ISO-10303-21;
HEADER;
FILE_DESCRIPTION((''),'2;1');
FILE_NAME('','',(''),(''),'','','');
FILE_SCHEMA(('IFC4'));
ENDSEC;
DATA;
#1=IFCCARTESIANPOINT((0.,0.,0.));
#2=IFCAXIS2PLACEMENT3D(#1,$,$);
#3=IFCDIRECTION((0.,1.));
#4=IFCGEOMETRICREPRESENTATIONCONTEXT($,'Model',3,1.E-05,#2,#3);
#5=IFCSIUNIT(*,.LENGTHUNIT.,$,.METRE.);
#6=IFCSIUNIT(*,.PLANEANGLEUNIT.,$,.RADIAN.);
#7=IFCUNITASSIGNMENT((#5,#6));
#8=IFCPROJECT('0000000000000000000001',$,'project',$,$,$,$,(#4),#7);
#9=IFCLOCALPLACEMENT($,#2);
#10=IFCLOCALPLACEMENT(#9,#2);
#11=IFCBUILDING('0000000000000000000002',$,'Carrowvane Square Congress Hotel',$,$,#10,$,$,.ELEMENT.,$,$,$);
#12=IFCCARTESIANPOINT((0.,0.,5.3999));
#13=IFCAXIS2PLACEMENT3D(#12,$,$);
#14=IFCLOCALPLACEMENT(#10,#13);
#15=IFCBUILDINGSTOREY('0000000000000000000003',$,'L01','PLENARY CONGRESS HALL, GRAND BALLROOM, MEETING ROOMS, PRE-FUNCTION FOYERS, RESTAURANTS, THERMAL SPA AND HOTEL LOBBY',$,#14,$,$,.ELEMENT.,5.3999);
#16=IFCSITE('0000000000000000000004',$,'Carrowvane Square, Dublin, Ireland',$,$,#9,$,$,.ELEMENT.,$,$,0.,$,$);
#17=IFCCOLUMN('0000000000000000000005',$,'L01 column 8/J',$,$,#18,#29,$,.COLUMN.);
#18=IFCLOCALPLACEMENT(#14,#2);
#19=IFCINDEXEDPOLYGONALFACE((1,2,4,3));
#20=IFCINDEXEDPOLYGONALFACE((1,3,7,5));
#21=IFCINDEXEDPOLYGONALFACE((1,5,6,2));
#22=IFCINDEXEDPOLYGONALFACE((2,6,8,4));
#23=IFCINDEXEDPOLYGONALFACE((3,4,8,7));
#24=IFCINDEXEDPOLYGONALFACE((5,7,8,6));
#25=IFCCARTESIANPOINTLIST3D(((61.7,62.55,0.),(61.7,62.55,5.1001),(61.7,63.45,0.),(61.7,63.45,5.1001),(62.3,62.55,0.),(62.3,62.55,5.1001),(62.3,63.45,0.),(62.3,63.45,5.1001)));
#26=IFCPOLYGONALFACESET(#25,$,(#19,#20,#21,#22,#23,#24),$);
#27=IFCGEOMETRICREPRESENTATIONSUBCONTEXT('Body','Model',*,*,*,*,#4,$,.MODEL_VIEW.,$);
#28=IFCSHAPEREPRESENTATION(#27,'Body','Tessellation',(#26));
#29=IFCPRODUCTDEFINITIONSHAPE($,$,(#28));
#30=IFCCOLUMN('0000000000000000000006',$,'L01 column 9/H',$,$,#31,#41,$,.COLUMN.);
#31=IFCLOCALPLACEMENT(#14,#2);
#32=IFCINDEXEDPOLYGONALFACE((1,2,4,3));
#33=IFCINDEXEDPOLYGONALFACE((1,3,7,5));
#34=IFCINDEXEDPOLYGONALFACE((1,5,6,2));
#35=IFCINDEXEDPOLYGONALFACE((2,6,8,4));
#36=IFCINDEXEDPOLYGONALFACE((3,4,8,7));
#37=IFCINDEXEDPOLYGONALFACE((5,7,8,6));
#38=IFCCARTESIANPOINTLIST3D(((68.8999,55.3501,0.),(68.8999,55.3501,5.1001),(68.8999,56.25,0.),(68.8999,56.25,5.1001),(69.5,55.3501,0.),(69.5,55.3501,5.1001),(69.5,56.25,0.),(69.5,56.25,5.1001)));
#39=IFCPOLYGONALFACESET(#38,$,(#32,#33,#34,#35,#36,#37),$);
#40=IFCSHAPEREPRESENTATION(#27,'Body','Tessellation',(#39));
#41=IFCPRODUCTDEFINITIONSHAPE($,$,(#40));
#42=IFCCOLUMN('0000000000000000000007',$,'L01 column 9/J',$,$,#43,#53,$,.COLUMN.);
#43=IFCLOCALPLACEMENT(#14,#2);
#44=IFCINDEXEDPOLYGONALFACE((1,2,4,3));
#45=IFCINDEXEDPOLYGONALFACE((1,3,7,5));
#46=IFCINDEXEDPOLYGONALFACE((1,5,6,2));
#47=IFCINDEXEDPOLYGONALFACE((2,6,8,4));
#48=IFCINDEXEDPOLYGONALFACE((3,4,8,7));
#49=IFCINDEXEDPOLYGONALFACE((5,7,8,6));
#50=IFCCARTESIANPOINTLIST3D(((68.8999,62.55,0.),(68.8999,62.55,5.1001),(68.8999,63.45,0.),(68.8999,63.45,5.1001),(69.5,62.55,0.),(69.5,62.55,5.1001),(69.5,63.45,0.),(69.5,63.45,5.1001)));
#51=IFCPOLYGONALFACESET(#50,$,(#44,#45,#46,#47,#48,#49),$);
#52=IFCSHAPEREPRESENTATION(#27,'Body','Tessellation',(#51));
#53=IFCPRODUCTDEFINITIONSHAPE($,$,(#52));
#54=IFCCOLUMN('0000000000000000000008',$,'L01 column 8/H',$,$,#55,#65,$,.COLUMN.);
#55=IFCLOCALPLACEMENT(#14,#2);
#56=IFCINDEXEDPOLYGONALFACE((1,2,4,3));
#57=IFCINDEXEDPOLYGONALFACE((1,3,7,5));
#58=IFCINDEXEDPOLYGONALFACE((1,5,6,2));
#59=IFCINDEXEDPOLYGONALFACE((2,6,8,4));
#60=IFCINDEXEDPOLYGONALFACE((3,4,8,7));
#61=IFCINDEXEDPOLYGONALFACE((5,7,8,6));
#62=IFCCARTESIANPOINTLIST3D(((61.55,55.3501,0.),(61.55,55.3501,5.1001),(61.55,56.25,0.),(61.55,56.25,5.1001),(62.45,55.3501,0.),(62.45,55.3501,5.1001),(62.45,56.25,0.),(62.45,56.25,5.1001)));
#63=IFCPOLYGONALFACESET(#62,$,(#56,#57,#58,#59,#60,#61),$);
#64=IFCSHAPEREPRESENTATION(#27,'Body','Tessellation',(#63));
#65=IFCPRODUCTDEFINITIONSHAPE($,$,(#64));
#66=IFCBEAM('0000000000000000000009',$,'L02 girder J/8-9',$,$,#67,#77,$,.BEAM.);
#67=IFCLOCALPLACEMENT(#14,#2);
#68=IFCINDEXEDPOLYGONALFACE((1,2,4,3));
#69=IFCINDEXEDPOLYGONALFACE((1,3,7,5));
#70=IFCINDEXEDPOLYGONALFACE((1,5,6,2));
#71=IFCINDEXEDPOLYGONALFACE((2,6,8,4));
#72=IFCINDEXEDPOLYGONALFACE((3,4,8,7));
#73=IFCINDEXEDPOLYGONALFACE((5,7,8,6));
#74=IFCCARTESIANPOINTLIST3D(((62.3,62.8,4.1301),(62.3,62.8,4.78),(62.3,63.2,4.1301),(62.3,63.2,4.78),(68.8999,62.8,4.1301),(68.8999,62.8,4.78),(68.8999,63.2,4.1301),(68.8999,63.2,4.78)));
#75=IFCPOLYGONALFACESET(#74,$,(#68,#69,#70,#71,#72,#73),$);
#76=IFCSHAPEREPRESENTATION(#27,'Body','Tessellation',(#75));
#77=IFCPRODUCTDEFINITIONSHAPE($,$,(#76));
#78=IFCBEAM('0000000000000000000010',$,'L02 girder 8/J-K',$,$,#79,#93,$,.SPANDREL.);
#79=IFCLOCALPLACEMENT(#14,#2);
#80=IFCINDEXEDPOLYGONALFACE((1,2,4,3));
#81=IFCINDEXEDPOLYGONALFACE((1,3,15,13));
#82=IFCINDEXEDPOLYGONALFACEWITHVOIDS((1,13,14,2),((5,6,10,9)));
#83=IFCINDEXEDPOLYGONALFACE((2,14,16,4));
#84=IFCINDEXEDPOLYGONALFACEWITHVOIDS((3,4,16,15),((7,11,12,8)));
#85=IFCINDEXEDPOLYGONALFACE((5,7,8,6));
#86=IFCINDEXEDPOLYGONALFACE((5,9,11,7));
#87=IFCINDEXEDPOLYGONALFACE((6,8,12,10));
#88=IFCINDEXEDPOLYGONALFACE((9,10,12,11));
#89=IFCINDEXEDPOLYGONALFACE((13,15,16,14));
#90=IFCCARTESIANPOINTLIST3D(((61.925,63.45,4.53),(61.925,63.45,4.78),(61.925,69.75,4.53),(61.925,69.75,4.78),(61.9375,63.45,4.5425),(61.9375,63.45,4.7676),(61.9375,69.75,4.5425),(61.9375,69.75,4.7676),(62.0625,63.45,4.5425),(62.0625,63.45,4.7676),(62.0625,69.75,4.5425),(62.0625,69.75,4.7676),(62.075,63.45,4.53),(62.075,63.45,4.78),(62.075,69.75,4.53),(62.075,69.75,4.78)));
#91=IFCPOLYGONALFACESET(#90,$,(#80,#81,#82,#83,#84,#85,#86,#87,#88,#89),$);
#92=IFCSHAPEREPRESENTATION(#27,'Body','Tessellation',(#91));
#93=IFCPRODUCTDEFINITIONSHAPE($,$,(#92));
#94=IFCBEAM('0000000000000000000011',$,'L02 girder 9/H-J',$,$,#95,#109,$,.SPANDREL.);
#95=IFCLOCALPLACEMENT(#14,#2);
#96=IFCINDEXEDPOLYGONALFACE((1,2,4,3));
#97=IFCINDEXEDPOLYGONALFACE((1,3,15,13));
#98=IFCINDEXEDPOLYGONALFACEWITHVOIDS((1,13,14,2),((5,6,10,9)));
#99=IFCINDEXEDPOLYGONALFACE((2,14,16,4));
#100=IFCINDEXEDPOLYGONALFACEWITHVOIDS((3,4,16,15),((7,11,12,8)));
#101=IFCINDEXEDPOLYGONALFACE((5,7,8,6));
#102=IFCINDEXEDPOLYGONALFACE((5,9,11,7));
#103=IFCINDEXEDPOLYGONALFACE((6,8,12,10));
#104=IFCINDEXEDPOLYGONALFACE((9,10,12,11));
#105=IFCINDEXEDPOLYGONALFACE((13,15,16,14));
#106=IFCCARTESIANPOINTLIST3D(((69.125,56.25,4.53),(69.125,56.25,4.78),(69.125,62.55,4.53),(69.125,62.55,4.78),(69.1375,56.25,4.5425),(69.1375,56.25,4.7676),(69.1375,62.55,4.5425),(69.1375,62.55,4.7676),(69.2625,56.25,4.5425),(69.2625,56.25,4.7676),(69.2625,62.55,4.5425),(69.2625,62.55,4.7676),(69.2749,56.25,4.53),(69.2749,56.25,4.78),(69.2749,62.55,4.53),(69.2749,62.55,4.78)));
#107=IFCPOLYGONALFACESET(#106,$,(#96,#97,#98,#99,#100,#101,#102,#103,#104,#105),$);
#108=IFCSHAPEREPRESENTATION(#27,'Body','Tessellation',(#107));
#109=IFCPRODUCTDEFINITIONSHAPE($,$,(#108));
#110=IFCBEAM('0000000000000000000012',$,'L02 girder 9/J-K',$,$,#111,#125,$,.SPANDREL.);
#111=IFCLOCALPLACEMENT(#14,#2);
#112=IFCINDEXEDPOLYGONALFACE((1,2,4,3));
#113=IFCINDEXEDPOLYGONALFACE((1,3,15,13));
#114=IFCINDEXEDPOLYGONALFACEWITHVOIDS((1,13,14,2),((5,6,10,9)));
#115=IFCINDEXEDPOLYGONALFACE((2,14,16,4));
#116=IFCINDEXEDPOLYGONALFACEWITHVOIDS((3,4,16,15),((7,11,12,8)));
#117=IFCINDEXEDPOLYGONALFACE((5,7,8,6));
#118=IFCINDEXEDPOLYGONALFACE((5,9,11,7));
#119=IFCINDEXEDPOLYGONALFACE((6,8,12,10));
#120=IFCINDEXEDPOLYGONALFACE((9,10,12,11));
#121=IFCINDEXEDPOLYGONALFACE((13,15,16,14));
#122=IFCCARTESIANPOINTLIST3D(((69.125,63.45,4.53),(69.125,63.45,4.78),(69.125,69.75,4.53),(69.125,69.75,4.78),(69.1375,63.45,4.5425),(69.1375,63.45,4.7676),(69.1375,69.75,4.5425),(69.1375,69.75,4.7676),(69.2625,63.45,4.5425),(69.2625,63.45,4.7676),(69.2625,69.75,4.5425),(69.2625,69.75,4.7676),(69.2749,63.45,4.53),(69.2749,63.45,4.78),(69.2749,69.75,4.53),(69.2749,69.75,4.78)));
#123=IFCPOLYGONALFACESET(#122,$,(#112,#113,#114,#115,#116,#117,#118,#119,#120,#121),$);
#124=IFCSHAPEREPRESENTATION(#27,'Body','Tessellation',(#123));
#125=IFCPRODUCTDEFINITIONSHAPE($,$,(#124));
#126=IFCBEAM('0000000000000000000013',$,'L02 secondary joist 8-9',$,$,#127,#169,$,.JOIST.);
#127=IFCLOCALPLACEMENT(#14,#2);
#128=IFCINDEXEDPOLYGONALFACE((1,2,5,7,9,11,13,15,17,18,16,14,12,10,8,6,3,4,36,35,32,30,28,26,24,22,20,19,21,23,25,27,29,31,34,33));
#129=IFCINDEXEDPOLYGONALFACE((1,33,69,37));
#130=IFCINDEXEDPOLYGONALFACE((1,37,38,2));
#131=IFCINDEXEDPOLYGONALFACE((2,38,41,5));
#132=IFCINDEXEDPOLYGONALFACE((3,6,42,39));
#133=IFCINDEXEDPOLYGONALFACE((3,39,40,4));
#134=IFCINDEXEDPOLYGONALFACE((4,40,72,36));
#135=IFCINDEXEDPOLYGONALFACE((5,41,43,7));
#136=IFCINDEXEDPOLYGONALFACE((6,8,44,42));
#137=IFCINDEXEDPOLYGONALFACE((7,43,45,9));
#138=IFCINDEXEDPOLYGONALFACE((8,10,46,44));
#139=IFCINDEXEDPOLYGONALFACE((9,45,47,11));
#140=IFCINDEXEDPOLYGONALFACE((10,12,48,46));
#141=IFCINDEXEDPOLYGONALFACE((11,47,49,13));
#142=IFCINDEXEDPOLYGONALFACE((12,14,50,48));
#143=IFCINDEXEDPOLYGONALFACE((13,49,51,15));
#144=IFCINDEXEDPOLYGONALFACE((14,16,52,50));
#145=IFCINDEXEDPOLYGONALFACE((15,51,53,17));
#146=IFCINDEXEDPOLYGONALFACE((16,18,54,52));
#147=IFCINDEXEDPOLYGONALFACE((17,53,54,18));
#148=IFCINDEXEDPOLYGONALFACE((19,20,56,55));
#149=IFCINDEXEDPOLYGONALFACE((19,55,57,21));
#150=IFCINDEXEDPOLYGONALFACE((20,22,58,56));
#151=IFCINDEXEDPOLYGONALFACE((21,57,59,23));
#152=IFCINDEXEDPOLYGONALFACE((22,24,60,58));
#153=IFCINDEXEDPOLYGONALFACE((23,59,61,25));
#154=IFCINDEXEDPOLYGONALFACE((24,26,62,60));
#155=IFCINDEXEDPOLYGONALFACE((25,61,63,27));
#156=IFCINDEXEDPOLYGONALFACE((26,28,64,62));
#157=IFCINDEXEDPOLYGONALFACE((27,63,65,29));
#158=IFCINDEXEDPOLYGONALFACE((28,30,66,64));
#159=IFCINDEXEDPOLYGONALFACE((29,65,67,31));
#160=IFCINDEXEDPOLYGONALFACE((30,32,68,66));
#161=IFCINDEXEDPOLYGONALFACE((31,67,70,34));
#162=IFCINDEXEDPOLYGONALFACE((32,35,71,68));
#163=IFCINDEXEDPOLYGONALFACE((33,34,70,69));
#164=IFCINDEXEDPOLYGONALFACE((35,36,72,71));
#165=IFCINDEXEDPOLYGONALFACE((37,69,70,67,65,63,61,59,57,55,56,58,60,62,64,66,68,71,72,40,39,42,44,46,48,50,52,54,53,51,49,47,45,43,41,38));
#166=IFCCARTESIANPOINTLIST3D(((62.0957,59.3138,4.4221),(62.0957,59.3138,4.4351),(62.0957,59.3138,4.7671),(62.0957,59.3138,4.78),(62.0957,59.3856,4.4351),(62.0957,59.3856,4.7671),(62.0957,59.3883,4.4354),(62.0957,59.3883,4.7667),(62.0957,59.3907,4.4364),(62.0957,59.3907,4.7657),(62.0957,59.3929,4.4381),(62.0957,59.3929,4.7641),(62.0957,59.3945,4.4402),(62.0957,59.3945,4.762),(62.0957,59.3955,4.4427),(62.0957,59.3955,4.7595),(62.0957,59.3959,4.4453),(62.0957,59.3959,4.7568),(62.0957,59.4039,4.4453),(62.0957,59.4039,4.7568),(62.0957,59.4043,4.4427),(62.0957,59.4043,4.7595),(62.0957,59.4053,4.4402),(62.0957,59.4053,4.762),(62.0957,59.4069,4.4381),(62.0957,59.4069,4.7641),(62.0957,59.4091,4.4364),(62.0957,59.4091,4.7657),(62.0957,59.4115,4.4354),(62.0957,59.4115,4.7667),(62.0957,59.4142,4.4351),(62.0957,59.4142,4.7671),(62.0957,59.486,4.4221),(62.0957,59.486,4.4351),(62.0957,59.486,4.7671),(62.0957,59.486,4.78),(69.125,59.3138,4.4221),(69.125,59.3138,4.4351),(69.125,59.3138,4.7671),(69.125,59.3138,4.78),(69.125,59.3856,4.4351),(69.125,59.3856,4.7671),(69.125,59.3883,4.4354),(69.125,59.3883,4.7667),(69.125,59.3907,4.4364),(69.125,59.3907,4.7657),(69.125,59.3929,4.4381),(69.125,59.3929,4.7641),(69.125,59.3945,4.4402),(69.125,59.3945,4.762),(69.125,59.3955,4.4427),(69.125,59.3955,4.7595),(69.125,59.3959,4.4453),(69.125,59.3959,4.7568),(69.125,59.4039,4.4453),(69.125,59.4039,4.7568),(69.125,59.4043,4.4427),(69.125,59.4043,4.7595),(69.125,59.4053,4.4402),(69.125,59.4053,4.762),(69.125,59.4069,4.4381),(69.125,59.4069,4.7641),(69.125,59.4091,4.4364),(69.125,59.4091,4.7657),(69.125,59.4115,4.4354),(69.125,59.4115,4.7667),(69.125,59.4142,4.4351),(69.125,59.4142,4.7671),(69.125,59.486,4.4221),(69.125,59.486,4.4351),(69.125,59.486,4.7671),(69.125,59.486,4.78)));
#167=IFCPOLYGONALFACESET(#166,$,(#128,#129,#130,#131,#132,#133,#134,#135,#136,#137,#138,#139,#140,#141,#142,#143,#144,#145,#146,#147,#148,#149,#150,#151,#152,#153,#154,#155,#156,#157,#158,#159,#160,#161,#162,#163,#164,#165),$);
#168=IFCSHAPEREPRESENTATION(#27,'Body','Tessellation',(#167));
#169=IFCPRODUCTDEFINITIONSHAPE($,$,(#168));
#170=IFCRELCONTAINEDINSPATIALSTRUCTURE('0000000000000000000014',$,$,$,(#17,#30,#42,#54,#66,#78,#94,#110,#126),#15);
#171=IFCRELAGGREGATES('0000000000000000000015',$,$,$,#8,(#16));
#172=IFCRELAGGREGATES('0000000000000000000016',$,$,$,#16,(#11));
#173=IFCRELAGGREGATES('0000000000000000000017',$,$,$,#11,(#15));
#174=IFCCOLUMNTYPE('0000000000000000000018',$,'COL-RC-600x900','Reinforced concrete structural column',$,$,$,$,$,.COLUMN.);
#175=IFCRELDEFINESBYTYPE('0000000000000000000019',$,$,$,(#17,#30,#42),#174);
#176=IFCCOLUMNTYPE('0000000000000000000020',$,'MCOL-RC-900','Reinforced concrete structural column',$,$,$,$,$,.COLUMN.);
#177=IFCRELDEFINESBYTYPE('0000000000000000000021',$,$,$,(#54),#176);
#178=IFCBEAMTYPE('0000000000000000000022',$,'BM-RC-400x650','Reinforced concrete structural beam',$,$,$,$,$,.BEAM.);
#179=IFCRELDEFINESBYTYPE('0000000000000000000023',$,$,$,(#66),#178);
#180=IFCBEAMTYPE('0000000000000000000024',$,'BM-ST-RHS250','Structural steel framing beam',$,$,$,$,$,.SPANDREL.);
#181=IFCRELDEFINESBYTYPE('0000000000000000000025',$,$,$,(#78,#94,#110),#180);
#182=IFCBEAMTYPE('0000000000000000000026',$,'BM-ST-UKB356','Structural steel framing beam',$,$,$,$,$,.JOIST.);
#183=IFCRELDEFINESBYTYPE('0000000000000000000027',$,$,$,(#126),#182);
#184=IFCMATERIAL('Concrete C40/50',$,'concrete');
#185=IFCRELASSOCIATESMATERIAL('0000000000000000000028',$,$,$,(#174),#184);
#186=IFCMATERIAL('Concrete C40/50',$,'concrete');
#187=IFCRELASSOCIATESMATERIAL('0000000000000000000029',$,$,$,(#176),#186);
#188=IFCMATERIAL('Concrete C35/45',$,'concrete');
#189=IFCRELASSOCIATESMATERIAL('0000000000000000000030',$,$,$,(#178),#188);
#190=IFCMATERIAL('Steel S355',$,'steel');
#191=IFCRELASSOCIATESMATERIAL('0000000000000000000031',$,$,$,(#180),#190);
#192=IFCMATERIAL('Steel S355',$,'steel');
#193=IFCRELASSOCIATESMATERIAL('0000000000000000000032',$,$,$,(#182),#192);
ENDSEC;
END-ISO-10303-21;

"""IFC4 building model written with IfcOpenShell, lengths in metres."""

from ifc_helpers import new_model, si_unit, direction, frame, origin, origin_2d, place, context, subcontext, project, spatial, rectangle, hollow_rectangle, i_section, extrude, material, material_profile, profile_set, type_object, element, save


model = new_model("IFC4")

# Units and contexts
model_context = context("Model", 3, precision=1e-05, world=origin(), true_north=direction((0.0, 1.0)))
body_context = subcontext(model_context, "Body", "Model", "MODEL_VIEW")
ifc_project = project(units=[si_unit("LENGTHUNIT", "METRE"), si_unit("PLANEANGLEUNIT", "RADIAN")], contexts=[model_context])

# Site, building, storey
site_placement = place(None, origin())
site = spatial("IfcSite", under=ifc_project, at=site_placement, Name="Carrowvane Square, Dublin, Ireland", CompositionType="ELEMENT", RefElevation=0.0)
building_placement = place(site_placement, origin())
building = spatial("IfcBuilding", under=site, at=building_placement, Name="Carrowvane Square Congress Hotel", CompositionType="ELEMENT")
storey_placement = place(building_placement, frame((0.0, 0.0, 5.3999)))
storey = spatial("IfcBuildingStorey", under=building, at=storey_placement, Name="L01", Description="PLENARY CONGRESS HALL, GRAND BALLROOM, MEETING ROOMS, PRE-FUNCTION FOYERS, RESTAURANTS, THERMAL SPA AND HOTEL LOBBY", CompositionType="ELEMENT", Elevation=5.3999)

# Columns
ifc_material_1 = material(Name="Concrete C40/50", Category="concrete")
ifc_material_profile_1 = material_profile(ifc_material_1, rectangle(XDim=0.6001, YDim=0.8999, at=origin_2d()), Name="RC 600x900")
ifc_profile_set_1 = profile_set([ifc_material_profile_1], Name="Concrete C40/50")
column_type_1 = type_object("IfcColumnType", Name="COL-RC-600x900", Description="Reinforced concrete structural column", PredefinedType="COLUMN", material=ifc_profile_set_1)
for number, where, z_axis, x_axis, name in (
    (1, (62.0, 63.0, 0.0), (0.0, 0.0, 1.0), (1.0, 0.0, 0.0), "L01 column 8/J"),
    (2, (69.2, 55.8, 0.0), (0.0, 0.0, 1.0), (1.0, 0.0, 0.0), "L01 column 9/H"),
    (3, (69.2, 63.0, 0.0), (0.0, 0.0, 1.0), (1.0, 0.0, 0.0), "L01 column 9/J"),
):
    element("IfcColumn", number, at=place(storey_placement, frame(where, z_axis=z_axis, x_axis=x_axis)), inside=storey, type_object=column_type_1, Name=name, PredefinedType="COLUMN", context=body_context, shape_type="SweptSolid", body=[
        extrude(rectangle(XDim=0.6001, YDim=0.8999, at=origin_2d()), origin(), (0.0, 0.0, 1.0), 5.1001),
    ])
ifc_material_2 = material(Name="Concrete C40/50", Category="concrete")
ifc_material_profile_2 = material_profile(ifc_material_2, rectangle(XDim=0.8999, YDim=0.8999, at=origin_2d()), Name="RC 900x900")
ifc_profile_set_2 = profile_set([ifc_material_profile_2], Name="Concrete C40/50")
column_type_2 = type_object("IfcColumnType", Name="MCOL-RC-900", Description="Reinforced concrete structural column", PredefinedType="COLUMN", material=ifc_profile_set_2)
column_placement = place(storey_placement, frame((62.0, 55.8, 0.0), z_axis=(0.0, 0.0, 1.0), x_axis=(1.0, 0.0, 0.0)))
element("IfcColumn", 4, at=column_placement, inside=storey, type_object=column_type_2, Name="L01 column 8/H", PredefinedType="COLUMN", context=body_context, shape_type="SweptSolid", body=[
    extrude(rectangle(XDim=0.8999, YDim=0.8999, at=origin_2d()), origin(), (0.0, 0.0, 1.0), 5.1001),
])

# Beams
ifc_material_3 = material(Name="Concrete C35/45", Category="concrete")
ifc_material_profile_3 = material_profile(ifc_material_3, rectangle(XDim=0.3999, YDim=0.6499, at=origin_2d()), Name="RC 400x650")
ifc_profile_set_3 = profile_set([ifc_material_profile_3], Name="Concrete C35/45")
beam_type_1 = type_object("IfcBeamType", Name="BM-RC-400x650", Description="Reinforced concrete structural beam", PredefinedType="BEAM", material=ifc_profile_set_3)
beam_1_placement = place(storey_placement, frame((62.3, 63.0, 4.4551), z_axis=(1.0, 0.0, 0.0), x_axis=(0.0, 1.0, 0.0)))
element("IfcBeam", 5, at=beam_1_placement, inside=storey, type_object=beam_type_1, Name="L02 girder J/8-9", PredefinedType="BEAM", context=body_context, shape_type="SweptSolid", body=[
    extrude(rectangle(XDim=0.3999, YDim=0.6499, at=origin_2d()), origin(), (0.0, 0.0, 1.0), 6.5999),
])
ifc_material_4 = material(Name="Steel S355", Category="steel")
ifc_material_profile_4 = material_profile(ifc_material_4, hollow_rectangle(XDim=0.1499, YDim=0.25, WallThickness=0.0125, at=origin_2d()), Name="RHS 250x150x12.5")
ifc_profile_set_4 = profile_set([ifc_material_profile_4], Name="Steel S355")
beam_type_2 = type_object("IfcBeamType", Name="BM-ST-RHS250", Description="Structural steel framing beam", PredefinedType="SPANDREL", material=ifc_profile_set_4)
for number, where, z_axis, x_axis, name in (
    (6, (62.0, 63.45, 4.655), (0.0, 1.0, 0.0), (-1.0, 0.0, 0.0), "L02 girder 8/J-K"),
    (7, (69.2, 56.25, 4.655), (0.0, 1.0, 0.0), (-1.0, 0.0, 0.0), "L02 girder 9/H-J"),
    (8, (69.2, 63.45, 4.655), (0.0, 1.0, 0.0), (-1.0, 0.0, 0.0), "L02 girder 9/J-K"),
):
    element("IfcBeam", number, at=place(storey_placement, frame(where, z_axis=z_axis, x_axis=x_axis)), inside=storey, type_object=beam_type_2, Name=name, PredefinedType="SPANDREL", context=body_context, shape_type="SweptSolid", body=[
        extrude(hollow_rectangle(XDim=0.1499, YDim=0.25, WallThickness=0.0125, at=origin_2d()), origin(), (0.0, 0.0, 1.0), 6.3),
    ])
ifc_material_5 = material(Name="Steel S355", Category="steel")
ifc_material_profile_5 = material_profile(ifc_material_5, i_section(OverallWidth=0.1721, OverallDepth=0.3579, WebThickness=0.0081, FlangeThickness=0.0129, FilletRadius=0.0103, at=origin_2d()), Name="UKB 356x171x57")
ifc_profile_set_5 = profile_set([ifc_material_profile_5], Name="Steel S355")
beam_type_3 = type_object("IfcBeamType", Name="BM-ST-UKB356", Description="Structural steel framing beam", PredefinedType="JOIST", material=ifc_profile_set_5)
beam_2_placement = place(storey_placement, frame((62.0957, 59.3999, 4.6011), z_axis=(1.0, 0.0, 0.0), x_axis=(0.0, 1.0, 0.0)))
element("IfcBeam", 9, at=beam_2_placement, inside=storey, type_object=beam_type_3, Name="L02 secondary joist 8-9", PredefinedType="JOIST", context=body_context, shape_type="SweptSolid", body=[
    extrude(i_section(OverallWidth=0.1721, OverallDepth=0.3579, WebThickness=0.0081, FlangeThickness=0.0129, FilletRadius=0.0103, at=origin_2d()), origin(), (0.0, 0.0, 1.0), 7.0293),
])

save(model, "model.ifc")
